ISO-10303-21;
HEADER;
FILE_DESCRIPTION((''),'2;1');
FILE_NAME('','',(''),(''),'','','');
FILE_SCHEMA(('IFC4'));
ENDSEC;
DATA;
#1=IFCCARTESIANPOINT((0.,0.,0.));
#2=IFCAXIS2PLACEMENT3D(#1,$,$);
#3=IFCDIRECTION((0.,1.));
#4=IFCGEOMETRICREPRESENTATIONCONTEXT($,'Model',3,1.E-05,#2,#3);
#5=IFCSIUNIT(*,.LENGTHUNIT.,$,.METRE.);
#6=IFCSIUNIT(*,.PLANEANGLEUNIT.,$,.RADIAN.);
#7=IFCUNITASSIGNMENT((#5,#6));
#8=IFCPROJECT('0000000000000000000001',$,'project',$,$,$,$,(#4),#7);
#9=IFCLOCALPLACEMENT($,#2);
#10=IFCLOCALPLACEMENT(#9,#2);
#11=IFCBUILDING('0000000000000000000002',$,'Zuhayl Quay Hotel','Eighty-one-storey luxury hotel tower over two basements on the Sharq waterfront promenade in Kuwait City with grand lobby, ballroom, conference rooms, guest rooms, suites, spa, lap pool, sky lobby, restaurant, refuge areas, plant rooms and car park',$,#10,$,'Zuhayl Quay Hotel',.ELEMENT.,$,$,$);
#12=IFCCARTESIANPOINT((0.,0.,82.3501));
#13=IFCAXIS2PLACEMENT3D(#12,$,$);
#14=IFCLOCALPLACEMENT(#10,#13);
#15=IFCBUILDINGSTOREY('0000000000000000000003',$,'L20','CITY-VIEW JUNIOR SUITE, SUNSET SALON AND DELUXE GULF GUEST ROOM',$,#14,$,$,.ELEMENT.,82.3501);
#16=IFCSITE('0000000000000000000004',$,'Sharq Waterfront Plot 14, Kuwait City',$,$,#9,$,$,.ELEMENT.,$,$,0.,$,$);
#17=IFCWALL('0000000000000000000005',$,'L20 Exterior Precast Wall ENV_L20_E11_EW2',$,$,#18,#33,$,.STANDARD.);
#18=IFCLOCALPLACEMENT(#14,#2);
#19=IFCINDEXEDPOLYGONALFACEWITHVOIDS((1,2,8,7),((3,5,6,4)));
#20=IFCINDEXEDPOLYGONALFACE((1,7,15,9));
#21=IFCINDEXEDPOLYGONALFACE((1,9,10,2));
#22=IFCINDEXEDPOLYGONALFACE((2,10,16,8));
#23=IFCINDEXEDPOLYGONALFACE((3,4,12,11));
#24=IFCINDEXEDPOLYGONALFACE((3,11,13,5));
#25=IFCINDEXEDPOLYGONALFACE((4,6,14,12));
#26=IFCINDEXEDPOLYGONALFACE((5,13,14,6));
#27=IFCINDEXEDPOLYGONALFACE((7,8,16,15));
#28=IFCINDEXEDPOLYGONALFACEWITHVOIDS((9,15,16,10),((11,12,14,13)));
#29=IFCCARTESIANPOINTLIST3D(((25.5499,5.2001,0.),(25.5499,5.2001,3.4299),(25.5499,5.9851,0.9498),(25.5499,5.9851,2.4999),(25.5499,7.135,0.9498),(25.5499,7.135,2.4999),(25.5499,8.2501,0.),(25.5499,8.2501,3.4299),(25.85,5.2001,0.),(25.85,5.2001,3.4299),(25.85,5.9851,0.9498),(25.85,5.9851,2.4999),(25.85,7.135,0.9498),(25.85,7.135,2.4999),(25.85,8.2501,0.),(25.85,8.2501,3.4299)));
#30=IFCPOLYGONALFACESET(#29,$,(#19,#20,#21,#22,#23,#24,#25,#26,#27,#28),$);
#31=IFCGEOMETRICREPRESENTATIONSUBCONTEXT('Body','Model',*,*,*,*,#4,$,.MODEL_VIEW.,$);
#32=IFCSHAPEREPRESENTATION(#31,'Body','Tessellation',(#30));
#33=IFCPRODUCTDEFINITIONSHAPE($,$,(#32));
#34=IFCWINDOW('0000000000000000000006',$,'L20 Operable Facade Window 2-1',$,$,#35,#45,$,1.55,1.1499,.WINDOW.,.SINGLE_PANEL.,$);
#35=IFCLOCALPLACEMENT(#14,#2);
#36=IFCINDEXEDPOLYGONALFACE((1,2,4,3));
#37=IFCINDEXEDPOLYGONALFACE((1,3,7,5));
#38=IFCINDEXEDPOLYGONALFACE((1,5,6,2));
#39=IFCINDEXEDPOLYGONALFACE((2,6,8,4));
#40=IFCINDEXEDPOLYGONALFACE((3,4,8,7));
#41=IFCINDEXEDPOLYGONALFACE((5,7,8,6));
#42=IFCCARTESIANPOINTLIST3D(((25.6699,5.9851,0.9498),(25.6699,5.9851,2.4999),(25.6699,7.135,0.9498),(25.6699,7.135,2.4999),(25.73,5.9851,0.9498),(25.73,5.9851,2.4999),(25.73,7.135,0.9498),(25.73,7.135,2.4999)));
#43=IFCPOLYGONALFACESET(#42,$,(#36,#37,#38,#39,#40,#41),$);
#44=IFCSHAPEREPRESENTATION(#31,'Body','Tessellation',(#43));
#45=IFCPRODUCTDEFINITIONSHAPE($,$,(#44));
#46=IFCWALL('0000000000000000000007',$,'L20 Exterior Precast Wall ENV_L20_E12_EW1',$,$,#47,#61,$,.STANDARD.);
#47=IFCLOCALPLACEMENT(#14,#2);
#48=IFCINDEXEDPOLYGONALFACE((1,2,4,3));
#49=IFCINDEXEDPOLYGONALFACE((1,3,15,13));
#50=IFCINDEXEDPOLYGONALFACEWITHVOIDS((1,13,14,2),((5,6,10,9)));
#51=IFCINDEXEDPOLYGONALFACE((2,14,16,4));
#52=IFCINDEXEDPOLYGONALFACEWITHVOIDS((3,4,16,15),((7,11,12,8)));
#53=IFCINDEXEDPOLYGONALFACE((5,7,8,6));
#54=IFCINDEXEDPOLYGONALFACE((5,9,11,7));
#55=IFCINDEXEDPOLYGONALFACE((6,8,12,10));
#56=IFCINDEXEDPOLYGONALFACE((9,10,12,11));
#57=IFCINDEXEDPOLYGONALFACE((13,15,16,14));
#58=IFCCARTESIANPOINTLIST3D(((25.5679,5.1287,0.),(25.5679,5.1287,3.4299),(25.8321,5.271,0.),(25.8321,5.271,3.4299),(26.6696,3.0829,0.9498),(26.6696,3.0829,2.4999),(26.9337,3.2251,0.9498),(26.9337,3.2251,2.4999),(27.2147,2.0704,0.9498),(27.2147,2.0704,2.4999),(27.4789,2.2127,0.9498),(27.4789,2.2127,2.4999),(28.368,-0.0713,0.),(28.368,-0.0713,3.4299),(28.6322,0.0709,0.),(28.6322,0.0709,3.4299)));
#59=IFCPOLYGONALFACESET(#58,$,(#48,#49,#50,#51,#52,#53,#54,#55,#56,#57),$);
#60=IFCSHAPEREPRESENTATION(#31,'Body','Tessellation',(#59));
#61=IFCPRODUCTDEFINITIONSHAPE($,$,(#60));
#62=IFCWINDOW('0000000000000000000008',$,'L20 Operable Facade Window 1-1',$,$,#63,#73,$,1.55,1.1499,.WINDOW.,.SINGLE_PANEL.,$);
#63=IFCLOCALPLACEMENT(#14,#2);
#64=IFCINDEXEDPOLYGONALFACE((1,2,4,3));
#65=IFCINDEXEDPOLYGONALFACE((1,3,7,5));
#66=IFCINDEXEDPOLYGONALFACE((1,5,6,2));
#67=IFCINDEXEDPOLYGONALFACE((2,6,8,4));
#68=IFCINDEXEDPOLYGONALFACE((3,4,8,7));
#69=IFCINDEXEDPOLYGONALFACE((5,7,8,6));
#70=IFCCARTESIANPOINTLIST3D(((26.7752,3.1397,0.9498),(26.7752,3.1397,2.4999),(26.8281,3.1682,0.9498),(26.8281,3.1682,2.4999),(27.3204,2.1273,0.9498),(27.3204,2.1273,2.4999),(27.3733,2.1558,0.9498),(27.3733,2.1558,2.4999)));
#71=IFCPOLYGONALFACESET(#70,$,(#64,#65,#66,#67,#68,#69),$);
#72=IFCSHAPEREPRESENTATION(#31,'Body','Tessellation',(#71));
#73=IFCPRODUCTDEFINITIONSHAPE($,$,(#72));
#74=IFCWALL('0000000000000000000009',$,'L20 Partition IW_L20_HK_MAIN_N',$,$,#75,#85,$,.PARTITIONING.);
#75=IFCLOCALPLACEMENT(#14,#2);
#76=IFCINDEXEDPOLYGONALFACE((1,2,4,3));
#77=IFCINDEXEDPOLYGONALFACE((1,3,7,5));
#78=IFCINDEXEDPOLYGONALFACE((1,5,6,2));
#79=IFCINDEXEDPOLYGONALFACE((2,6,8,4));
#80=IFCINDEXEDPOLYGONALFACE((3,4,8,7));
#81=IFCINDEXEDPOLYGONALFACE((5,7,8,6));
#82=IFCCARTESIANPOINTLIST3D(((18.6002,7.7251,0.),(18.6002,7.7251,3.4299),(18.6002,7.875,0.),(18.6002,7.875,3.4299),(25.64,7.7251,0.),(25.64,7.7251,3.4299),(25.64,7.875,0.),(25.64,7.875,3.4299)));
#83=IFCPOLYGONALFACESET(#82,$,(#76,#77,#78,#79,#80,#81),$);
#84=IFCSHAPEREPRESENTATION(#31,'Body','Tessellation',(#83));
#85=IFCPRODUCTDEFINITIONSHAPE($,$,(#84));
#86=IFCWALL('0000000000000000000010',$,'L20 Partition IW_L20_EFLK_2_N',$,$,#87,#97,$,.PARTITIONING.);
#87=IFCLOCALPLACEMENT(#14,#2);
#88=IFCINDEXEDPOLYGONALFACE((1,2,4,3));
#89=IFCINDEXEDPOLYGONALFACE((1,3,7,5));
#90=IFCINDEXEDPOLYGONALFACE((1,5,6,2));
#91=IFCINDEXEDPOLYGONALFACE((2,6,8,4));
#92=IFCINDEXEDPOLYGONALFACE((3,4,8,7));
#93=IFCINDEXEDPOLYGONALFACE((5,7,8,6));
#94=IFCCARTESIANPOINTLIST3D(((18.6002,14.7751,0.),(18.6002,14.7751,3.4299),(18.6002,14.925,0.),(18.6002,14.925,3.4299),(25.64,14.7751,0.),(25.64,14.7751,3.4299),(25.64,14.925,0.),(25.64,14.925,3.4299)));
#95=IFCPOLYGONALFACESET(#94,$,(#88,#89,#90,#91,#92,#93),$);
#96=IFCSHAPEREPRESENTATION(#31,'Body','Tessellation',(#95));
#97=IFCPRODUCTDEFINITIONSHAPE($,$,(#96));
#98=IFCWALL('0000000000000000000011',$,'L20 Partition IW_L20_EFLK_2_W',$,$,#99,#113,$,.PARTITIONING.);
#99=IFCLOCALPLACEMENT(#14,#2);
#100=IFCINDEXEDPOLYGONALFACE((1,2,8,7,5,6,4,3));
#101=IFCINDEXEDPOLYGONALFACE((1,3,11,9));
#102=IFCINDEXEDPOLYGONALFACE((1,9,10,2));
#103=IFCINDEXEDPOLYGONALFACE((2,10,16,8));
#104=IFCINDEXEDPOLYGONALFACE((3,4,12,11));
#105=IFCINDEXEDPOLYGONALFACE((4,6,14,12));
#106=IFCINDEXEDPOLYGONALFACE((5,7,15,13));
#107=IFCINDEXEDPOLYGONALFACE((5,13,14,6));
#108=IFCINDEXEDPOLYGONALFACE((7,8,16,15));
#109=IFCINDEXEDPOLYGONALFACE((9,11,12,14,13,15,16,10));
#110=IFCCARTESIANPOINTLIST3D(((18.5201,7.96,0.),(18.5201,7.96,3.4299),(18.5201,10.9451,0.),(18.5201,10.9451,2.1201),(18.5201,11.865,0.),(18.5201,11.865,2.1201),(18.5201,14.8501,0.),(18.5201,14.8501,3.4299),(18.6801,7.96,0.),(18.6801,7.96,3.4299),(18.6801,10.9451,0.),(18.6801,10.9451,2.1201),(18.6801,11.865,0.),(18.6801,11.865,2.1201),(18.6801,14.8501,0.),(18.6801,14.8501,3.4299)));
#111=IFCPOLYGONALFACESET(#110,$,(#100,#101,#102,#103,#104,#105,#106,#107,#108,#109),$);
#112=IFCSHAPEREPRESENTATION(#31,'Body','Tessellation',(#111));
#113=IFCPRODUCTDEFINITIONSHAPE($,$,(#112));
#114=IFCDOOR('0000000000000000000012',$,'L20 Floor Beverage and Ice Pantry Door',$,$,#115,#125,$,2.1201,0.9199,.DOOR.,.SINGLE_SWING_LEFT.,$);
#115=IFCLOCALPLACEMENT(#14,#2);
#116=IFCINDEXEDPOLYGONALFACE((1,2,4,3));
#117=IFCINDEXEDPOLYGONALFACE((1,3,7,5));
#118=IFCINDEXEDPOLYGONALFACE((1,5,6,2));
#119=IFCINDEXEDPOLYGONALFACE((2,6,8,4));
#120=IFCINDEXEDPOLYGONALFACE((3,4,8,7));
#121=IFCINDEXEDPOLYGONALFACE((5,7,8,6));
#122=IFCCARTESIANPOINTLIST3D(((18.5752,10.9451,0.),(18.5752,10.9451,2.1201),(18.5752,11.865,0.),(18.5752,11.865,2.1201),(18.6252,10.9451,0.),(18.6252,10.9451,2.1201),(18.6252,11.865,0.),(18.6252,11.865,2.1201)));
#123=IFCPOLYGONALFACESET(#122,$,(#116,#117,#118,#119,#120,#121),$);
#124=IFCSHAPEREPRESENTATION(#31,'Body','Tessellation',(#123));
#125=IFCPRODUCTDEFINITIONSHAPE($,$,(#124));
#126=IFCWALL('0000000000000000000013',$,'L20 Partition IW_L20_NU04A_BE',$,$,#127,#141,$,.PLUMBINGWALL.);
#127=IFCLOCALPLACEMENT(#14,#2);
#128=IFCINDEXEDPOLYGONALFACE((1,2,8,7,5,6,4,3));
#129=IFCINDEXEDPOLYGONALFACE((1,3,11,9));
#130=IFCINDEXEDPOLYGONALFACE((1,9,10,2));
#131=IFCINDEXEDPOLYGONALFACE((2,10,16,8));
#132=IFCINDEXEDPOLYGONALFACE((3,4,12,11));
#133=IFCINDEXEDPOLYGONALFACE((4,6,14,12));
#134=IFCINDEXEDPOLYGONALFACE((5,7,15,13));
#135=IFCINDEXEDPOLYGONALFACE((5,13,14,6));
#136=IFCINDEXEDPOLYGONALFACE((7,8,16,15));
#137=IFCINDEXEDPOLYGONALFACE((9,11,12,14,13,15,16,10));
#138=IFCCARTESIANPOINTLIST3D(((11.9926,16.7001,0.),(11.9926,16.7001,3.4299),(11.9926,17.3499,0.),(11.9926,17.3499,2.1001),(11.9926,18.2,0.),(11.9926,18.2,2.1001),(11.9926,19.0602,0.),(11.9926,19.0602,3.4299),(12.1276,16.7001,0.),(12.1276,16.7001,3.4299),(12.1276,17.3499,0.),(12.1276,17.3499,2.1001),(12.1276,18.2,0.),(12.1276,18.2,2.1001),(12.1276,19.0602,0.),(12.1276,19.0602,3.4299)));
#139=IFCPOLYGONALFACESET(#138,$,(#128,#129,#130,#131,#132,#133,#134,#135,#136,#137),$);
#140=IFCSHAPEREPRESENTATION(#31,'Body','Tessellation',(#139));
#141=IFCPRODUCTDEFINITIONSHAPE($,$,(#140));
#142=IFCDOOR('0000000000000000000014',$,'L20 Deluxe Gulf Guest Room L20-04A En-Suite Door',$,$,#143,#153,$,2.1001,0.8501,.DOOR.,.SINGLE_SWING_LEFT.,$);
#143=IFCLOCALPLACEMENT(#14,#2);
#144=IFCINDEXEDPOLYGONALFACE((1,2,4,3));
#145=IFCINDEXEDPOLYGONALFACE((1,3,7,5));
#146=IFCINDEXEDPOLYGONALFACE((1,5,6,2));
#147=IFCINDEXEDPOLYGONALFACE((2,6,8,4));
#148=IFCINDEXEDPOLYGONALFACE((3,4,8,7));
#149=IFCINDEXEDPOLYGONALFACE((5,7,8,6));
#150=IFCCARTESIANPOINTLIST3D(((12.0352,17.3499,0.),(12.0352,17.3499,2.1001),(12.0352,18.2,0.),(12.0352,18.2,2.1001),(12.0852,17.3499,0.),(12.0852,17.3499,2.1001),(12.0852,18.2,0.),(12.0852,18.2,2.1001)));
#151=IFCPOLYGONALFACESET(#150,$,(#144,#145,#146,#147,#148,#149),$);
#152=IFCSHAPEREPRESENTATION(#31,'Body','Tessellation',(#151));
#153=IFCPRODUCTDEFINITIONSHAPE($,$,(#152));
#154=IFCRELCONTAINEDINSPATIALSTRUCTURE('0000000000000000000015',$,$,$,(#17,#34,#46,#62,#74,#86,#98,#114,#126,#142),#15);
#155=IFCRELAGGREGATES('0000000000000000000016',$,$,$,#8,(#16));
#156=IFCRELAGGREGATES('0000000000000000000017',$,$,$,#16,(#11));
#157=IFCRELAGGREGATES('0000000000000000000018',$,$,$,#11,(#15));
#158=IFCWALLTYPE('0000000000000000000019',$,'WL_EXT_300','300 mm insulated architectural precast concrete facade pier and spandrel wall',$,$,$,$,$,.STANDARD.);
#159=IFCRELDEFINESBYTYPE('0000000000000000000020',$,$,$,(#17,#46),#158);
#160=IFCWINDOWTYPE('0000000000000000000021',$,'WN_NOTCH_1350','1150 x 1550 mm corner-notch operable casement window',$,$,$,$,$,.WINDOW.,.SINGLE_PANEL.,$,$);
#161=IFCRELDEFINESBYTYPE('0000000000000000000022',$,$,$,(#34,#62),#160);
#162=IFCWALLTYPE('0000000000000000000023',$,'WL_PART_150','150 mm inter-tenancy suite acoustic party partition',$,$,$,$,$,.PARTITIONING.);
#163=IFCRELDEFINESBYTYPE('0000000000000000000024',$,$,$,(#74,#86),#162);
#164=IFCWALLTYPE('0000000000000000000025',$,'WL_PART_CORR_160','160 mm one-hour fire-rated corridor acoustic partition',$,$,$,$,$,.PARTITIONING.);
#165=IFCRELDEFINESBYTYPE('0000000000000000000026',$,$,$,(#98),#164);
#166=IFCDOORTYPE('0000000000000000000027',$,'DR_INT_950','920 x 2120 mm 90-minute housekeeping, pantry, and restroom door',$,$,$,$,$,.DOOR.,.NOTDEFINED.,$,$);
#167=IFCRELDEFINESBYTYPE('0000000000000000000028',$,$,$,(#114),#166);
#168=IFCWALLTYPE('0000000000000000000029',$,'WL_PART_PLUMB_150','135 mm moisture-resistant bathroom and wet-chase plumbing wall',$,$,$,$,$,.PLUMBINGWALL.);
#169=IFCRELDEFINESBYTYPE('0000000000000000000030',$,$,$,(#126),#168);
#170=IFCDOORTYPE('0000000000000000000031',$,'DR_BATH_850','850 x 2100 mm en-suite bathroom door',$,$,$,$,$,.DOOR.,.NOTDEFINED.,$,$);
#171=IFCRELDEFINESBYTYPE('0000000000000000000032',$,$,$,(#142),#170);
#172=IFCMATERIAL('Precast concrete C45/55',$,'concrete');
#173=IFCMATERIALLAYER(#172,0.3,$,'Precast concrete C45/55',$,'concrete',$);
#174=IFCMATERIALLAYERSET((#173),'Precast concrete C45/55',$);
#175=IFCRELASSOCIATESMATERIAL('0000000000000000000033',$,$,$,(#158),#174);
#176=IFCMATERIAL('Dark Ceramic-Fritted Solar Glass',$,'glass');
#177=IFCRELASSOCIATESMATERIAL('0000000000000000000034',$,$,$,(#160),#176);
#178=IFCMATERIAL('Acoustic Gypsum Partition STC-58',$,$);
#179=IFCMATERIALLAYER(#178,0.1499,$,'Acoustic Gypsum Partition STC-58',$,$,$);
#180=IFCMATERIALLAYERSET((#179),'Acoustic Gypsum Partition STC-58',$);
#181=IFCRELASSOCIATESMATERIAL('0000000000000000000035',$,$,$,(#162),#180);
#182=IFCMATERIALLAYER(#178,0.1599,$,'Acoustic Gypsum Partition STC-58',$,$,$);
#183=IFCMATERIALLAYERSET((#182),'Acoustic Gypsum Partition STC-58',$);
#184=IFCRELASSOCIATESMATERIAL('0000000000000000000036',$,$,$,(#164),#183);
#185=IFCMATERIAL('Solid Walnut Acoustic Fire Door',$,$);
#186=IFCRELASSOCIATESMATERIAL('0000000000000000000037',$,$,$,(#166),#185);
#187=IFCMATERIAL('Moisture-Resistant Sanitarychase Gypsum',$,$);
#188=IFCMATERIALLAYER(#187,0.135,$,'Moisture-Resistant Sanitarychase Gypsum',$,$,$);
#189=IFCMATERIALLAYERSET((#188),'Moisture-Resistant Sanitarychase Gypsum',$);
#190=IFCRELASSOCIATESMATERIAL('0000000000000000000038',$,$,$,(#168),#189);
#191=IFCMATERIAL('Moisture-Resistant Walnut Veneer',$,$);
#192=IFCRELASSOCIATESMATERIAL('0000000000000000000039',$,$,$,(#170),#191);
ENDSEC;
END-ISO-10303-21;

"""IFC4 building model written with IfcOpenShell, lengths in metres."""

from ifc_helpers import new_model, si_unit, direction, frame, frame_2d, origin, place, context, subcontext, project, spatial, rectangle, extrude, material, layer, layer_set, type_object, element, fill, save


model = new_model("IFC4")

# Units and contexts
model_context = context("Model", 3, precision=1e-05, world=origin(), true_north=direction((0.0, 1.0)))
body_context = subcontext(model_context, "Body", "Model", "MODEL_VIEW")
ifc_project = project(units=[si_unit("LENGTHUNIT", "METRE"), si_unit("PLANEANGLEUNIT", "RADIAN")], contexts=[model_context])

# Site, building, storey
site_placement = place(None, origin())
site = spatial("IfcSite", under=ifc_project, at=site_placement, Name="Sharq Waterfront Plot 14, Kuwait City", CompositionType="ELEMENT", RefElevation=0.0)
building_placement = place(site_placement, origin())
building = spatial("IfcBuilding", under=site, at=building_placement, Name="Zuhayl Quay Hotel", Description="Eighty-one-storey luxury hotel tower over two basements on the Sharq waterfront promenade in Kuwait City with grand lobby, ballroom, conference rooms, guest rooms, suites, spa, lap pool, sky lobby, restaurant, refuge areas, plant rooms and car park", LongName="Zuhayl Quay Hotel", CompositionType="ELEMENT")
storey_placement = place(building_placement, frame((0.0, 0.0, 82.3501)))
storey = spatial("IfcBuildingStorey", under=building, at=storey_placement, Name="L20", Description="CITY-VIEW JUNIOR SUITE, SUNSET SALON AND DELUXE GULF GUEST ROOM", CompositionType="ELEMENT", Elevation=82.3501)

# Shared definitions
ifc_material_1 = material(Name="Dark Ceramic-Fritted Solar Glass", Category="glass")

# Walls, openings, windows
ifc_material_2 = material(Name="Precast concrete C45/55", Category="concrete")
ifc_layer_1 = layer(ifc_material_2, 0.3, Name="Precast concrete C45/55", Category="concrete")
ifc_layer_set_1 = layer_set([ifc_layer_1], Name="Precast concrete C45/55")
wall_type_1 = type_object("IfcWallType", Name="WL_EXT_300", Description="300 mm insulated architectural precast concrete facade pier and spandrel wall", PredefinedType="STANDARD", material=ifc_layer_set_1)
wall_1_placement = place(storey_placement, frame((25.7, 8.25, 0.0), z_axis=(0.0, 0.0, 1.0), x_axis=(0.0, -1.0, 0.0)))
wall_1 = element("IfcWall", 1, at=wall_1_placement, inside=storey, type_object=wall_type_1, Name="L20 Exterior Precast Wall ENV_L20_E11_EW2", PredefinedType="STANDARD", context=body_context, shape_type="SweptSolid", body=[
    extrude(rectangle(XDim=3.05, YDim=0.3, at=frame_2d((1.5249, 0.0))), origin(), (0.0, 0.0, 1.0), 3.4299),
])
opening_1_placement = place(wall_1_placement, frame((1.115, 0.0, 0.95)))
opening_1 = element("IfcOpeningElement", 2, at=opening_1_placement, cuts=wall_1, PredefinedType="OPENING", context=body_context, shape_type="SweptSolid", body=[
    extrude(rectangle(XDim=1.1499, YDim=1.55, at=frame_2d((0.575, 0.7749))), frame((0.0, 0.1599, 0.0), z_axis=(0.0, -1.0, 0.0), x_axis=(1.0, 0.0, 0.0)), (0.0, 0.0, 1.0), 0.3201),
])
window_type = type_object("IfcWindowType", Name="WN_NOTCH_1350", Description="1150 x 1550 mm corner-notch operable casement window", PartitioningType="SINGLE_PANEL", PredefinedType="WINDOW", material=ifc_material_1)
window_1_placement = place(opening_1_placement, origin())
window_1 = element("IfcWindow", 3, at=window_1_placement, inside=storey, type_object=window_type, Name="L20 Operable Facade Window 2-1", OverallHeight=1.55, OverallWidth=1.1499, PartitioningType="SINGLE_PANEL", PredefinedType="WINDOW", context=body_context, shape_type="SweptSolid", body=[
    extrude(rectangle(XDim=1.1499, YDim=1.55, at=frame_2d((0.575, 0.7749))), frame((0.0, 0.03, 0.0), z_axis=(0.0, -1.0, 0.0), x_axis=(1.0, 0.0, 0.0)), (0.0, 0.0, 1.0), 0.0601),
])
fill(opening_1, window_1)
wall_2_placement = place(storey_placement, frame((25.7, 5.2, 0.0), z_axis=(0.0, 0.0, 1.0), x_axis=(0.47411, -0.880466, 0.0)))
wall_2 = element("IfcWall", 4, at=wall_2_placement, inside=storey, type_object=wall_type_1, Name="L20 Exterior Precast Wall ENV_L20_E12_EW1", PredefinedType="STANDARD", context=body_context, shape_type="SweptSolid", body=[
    extrude(rectangle(XDim=5.906, YDim=0.3, at=frame_2d((2.9531, 0.0))), origin(), (0.0, 0.0, 1.0), 3.4299),
])
opening_2_placement = place(wall_2_placement, frame((2.3237, 0.0, 0.95)))
opening_2 = element("IfcOpeningElement", 5, at=opening_2_placement, cuts=wall_2, PredefinedType="OPENING", context=body_context, shape_type="SweptSolid", body=[
    extrude(rectangle(XDim=1.1499, YDim=1.55, at=frame_2d((0.575, 0.7749))), frame((0.0, 0.1599, 0.0), z_axis=(0.0, -1.0, 0.0), x_axis=(1.0, 0.0, 0.0)), (0.0, 0.0, 1.0), 0.3201),
])
window_2_placement = place(opening_2_placement, origin())
window_2 = element("IfcWindow", 6, at=window_2_placement, inside=storey, type_object=window_type, Name="L20 Operable Facade Window 1-1", OverallHeight=1.55, OverallWidth=1.1499, PartitioningType="SINGLE_PANEL", PredefinedType="WINDOW", context=body_context, shape_type="SweptSolid", body=[
    extrude(rectangle(XDim=1.1499, YDim=1.55, at=frame_2d((0.575, 0.7749))), frame((0.0, 0.03, 0.0), z_axis=(0.0, -1.0, 0.0), x_axis=(1.0, 0.0, 0.0)), (0.0, 0.0, 1.0), 0.0601),
])
fill(opening_2, window_2)

# Walls
ifc_material_3 = material(Name="Acoustic Gypsum Partition STC-58")
ifc_layer_2 = layer(ifc_material_3, 0.1499, Name="Acoustic Gypsum Partition STC-58")
ifc_layer_set_2 = layer_set([ifc_layer_2], Name="Acoustic Gypsum Partition STC-58")
wall_type_2 = type_object("IfcWallType", Name="WL_PART_150", Description="150 mm inter-tenancy suite acoustic party partition", PredefinedType="PARTITIONING", material=ifc_layer_set_2)
for number, where, z_axis, x_axis, name in (
    (7, (18.6001, 7.8, 0.0), (0.0, 0.0, 1.0), (1.0, 0.0, 0.0), "L20 Partition IW_L20_HK_MAIN_N"),
    (8, (18.6001, 14.8501, 0.0), (0.0, 0.0, 1.0), (1.0, 0.0, 0.0), "L20 Partition IW_L20_EFLK_2_N"),
):
    element("IfcWall", number, at=place(storey_placement, frame(where, z_axis=z_axis, x_axis=x_axis)), inside=storey, type_object=wall_type_2, Name=name, PredefinedType="PARTITIONING", context=body_context, shape_type="SweptSolid", body=[
        extrude(rectangle(XDim=7.0398, YDim=0.1499, at=frame_2d((3.52, 0.0))), origin(), (0.0, 0.0, 1.0), 3.4299),
    ])

# Walls, openings, doors
ifc_layer_3 = layer(ifc_material_3, 0.1599, Name="Acoustic Gypsum Partition STC-58")
ifc_layer_set_3 = layer_set([ifc_layer_3], Name="Acoustic Gypsum Partition STC-58")
wall_type_3 = type_object("IfcWallType", Name="WL_PART_CORR_160", Description="160 mm one-hour fire-rated corridor acoustic partition", PredefinedType="PARTITIONING", material=ifc_layer_set_3)
wall_3_placement = place(storey_placement, frame((18.6001, 7.96, 0.0), z_axis=(0.0, 0.0, 1.0), x_axis=(0.0, 1.0, 0.0)))
wall_3 = element("IfcWall", 9, at=wall_3_placement, inside=storey, type_object=wall_type_3, Name="L20 Partition IW_L20_EFLK_2_W", PredefinedType="PARTITIONING", context=body_context, shape_type="SweptSolid", body=[
    extrude(rectangle(XDim=6.8901, YDim=0.1599, at=frame_2d((3.4451, 0.0))), origin(), (0.0, 0.0, 1.0), 3.4299),
])
opening_3_placement = place(wall_3_placement, frame((2.9851, 0.0, 0.0)))
opening_3 = element("IfcOpeningElement", 10, at=opening_3_placement, cuts=wall_3, PredefinedType="OPENING", context=body_context, shape_type="SweptSolid", body=[
    extrude(rectangle(XDim=0.9199, YDim=2.1201, at=frame_2d((0.46, 1.0601))), frame((0.0, 0.0898, 0.0), z_axis=(0.0, -1.0, 0.0), x_axis=(1.0, 0.0, 0.0)), (0.0, 0.0, 1.0), 0.1799),
])
ifc_material_4 = material(Name="Solid Walnut Acoustic Fire Door")
door_type_1 = type_object("IfcDoorType", Name="DR_INT_950", Description="920 x 2120 mm 90-minute housekeeping, pantry, and restroom door", OperationType="NOTDEFINED", PredefinedType="DOOR", material=ifc_material_4)
door_1_placement = place(opening_3_placement, origin())
door_1 = element("IfcDoor", 11, at=door_1_placement, inside=storey, type_object=door_type_1, Name="L20 Floor Beverage and Ice Pantry Door", OperationType="SINGLE_SWING_LEFT", OverallHeight=2.1201, OverallWidth=0.9199, PredefinedType="DOOR", context=body_context, shape_type="SweptSolid", body=[
    extrude(rectangle(XDim=0.9199, YDim=2.1201, at=frame_2d((0.46, 1.0601))), frame((0.0, 0.0249, 0.0), z_axis=(0.0, -1.0, 0.0), x_axis=(1.0, 0.0, 0.0)), (0.0, 0.0, 1.0), 0.05),
])
fill(opening_3, door_1)
ifc_material_5 = material(Name="Moisture-Resistant Sanitarychase Gypsum")
ifc_layer_4 = layer(ifc_material_5, 0.135, Name="Moisture-Resistant Sanitarychase Gypsum")
ifc_layer_set_4 = layer_set([ifc_layer_4], Name="Moisture-Resistant Sanitarychase Gypsum")
wall_type_4 = type_object("IfcWallType", Name="WL_PART_PLUMB_150", Description="135 mm moisture-resistant bathroom and wet-chase plumbing wall", PredefinedType="PLUMBINGWALL", material=ifc_layer_set_4)
wall_4_placement = place(storey_placement, frame((12.0601, 16.7, 0.0), z_axis=(0.0, 0.0, 1.0), x_axis=(0.0, 1.0, 0.0)))
wall_4 = element("IfcWall", 12, at=wall_4_placement, inside=storey, type_object=wall_type_4, Name="L20 Partition IW_L20_NU04A_BE", PredefinedType="PLUMBINGWALL", context=body_context, shape_type="SweptSolid", body=[
    extrude(rectangle(XDim=2.3601, YDim=0.135, at=frame_2d((1.1802, 0.0))), origin(), (0.0, 0.0, 1.0), 3.4299),
])
opening_4_placement = place(wall_4_placement, frame((0.6499, 0.0, 0.0)))
opening_4 = element("IfcOpeningElement", 13, at=opening_4_placement, cuts=wall_4, PredefinedType="OPENING", context=body_context, shape_type="SweptSolid", body=[
    extrude(rectangle(XDim=0.8501, YDim=2.1001, at=frame_2d((0.425, 1.05))), frame((0.0, 0.0774, 0.0), z_axis=(0.0, -1.0, 0.0), x_axis=(1.0, 0.0, 0.0)), (0.0, 0.0, 1.0), 0.155),
])
ifc_material_6 = material(Name="Moisture-Resistant Walnut Veneer")
door_type_2 = type_object("IfcDoorType", Name="DR_BATH_850", Description="850 x 2100 mm en-suite bathroom door", OperationType="NOTDEFINED", PredefinedType="DOOR", material=ifc_material_6)
door_2_placement = place(opening_4_placement, origin())
door_2 = element("IfcDoor", 14, at=door_2_placement, inside=storey, type_object=door_type_2, Name="L20 Deluxe Gulf Guest Room L20-04A En-Suite Door", OperationType="SINGLE_SWING_LEFT", OverallHeight=2.1001, OverallWidth=0.8501, PredefinedType="DOOR", context=body_context, shape_type="SweptSolid", body=[
    extrude(rectangle(XDim=0.8501, YDim=2.1001, at=frame_2d((0.425, 1.05))), frame((0.0, 0.0249, 0.0), z_axis=(0.0, -1.0, 0.0), x_axis=(1.0, 0.0, 0.0)), (0.0, 0.0, 1.0), 0.05),
])
fill(opening_4, door_2)

save(model, "model.ifc")
